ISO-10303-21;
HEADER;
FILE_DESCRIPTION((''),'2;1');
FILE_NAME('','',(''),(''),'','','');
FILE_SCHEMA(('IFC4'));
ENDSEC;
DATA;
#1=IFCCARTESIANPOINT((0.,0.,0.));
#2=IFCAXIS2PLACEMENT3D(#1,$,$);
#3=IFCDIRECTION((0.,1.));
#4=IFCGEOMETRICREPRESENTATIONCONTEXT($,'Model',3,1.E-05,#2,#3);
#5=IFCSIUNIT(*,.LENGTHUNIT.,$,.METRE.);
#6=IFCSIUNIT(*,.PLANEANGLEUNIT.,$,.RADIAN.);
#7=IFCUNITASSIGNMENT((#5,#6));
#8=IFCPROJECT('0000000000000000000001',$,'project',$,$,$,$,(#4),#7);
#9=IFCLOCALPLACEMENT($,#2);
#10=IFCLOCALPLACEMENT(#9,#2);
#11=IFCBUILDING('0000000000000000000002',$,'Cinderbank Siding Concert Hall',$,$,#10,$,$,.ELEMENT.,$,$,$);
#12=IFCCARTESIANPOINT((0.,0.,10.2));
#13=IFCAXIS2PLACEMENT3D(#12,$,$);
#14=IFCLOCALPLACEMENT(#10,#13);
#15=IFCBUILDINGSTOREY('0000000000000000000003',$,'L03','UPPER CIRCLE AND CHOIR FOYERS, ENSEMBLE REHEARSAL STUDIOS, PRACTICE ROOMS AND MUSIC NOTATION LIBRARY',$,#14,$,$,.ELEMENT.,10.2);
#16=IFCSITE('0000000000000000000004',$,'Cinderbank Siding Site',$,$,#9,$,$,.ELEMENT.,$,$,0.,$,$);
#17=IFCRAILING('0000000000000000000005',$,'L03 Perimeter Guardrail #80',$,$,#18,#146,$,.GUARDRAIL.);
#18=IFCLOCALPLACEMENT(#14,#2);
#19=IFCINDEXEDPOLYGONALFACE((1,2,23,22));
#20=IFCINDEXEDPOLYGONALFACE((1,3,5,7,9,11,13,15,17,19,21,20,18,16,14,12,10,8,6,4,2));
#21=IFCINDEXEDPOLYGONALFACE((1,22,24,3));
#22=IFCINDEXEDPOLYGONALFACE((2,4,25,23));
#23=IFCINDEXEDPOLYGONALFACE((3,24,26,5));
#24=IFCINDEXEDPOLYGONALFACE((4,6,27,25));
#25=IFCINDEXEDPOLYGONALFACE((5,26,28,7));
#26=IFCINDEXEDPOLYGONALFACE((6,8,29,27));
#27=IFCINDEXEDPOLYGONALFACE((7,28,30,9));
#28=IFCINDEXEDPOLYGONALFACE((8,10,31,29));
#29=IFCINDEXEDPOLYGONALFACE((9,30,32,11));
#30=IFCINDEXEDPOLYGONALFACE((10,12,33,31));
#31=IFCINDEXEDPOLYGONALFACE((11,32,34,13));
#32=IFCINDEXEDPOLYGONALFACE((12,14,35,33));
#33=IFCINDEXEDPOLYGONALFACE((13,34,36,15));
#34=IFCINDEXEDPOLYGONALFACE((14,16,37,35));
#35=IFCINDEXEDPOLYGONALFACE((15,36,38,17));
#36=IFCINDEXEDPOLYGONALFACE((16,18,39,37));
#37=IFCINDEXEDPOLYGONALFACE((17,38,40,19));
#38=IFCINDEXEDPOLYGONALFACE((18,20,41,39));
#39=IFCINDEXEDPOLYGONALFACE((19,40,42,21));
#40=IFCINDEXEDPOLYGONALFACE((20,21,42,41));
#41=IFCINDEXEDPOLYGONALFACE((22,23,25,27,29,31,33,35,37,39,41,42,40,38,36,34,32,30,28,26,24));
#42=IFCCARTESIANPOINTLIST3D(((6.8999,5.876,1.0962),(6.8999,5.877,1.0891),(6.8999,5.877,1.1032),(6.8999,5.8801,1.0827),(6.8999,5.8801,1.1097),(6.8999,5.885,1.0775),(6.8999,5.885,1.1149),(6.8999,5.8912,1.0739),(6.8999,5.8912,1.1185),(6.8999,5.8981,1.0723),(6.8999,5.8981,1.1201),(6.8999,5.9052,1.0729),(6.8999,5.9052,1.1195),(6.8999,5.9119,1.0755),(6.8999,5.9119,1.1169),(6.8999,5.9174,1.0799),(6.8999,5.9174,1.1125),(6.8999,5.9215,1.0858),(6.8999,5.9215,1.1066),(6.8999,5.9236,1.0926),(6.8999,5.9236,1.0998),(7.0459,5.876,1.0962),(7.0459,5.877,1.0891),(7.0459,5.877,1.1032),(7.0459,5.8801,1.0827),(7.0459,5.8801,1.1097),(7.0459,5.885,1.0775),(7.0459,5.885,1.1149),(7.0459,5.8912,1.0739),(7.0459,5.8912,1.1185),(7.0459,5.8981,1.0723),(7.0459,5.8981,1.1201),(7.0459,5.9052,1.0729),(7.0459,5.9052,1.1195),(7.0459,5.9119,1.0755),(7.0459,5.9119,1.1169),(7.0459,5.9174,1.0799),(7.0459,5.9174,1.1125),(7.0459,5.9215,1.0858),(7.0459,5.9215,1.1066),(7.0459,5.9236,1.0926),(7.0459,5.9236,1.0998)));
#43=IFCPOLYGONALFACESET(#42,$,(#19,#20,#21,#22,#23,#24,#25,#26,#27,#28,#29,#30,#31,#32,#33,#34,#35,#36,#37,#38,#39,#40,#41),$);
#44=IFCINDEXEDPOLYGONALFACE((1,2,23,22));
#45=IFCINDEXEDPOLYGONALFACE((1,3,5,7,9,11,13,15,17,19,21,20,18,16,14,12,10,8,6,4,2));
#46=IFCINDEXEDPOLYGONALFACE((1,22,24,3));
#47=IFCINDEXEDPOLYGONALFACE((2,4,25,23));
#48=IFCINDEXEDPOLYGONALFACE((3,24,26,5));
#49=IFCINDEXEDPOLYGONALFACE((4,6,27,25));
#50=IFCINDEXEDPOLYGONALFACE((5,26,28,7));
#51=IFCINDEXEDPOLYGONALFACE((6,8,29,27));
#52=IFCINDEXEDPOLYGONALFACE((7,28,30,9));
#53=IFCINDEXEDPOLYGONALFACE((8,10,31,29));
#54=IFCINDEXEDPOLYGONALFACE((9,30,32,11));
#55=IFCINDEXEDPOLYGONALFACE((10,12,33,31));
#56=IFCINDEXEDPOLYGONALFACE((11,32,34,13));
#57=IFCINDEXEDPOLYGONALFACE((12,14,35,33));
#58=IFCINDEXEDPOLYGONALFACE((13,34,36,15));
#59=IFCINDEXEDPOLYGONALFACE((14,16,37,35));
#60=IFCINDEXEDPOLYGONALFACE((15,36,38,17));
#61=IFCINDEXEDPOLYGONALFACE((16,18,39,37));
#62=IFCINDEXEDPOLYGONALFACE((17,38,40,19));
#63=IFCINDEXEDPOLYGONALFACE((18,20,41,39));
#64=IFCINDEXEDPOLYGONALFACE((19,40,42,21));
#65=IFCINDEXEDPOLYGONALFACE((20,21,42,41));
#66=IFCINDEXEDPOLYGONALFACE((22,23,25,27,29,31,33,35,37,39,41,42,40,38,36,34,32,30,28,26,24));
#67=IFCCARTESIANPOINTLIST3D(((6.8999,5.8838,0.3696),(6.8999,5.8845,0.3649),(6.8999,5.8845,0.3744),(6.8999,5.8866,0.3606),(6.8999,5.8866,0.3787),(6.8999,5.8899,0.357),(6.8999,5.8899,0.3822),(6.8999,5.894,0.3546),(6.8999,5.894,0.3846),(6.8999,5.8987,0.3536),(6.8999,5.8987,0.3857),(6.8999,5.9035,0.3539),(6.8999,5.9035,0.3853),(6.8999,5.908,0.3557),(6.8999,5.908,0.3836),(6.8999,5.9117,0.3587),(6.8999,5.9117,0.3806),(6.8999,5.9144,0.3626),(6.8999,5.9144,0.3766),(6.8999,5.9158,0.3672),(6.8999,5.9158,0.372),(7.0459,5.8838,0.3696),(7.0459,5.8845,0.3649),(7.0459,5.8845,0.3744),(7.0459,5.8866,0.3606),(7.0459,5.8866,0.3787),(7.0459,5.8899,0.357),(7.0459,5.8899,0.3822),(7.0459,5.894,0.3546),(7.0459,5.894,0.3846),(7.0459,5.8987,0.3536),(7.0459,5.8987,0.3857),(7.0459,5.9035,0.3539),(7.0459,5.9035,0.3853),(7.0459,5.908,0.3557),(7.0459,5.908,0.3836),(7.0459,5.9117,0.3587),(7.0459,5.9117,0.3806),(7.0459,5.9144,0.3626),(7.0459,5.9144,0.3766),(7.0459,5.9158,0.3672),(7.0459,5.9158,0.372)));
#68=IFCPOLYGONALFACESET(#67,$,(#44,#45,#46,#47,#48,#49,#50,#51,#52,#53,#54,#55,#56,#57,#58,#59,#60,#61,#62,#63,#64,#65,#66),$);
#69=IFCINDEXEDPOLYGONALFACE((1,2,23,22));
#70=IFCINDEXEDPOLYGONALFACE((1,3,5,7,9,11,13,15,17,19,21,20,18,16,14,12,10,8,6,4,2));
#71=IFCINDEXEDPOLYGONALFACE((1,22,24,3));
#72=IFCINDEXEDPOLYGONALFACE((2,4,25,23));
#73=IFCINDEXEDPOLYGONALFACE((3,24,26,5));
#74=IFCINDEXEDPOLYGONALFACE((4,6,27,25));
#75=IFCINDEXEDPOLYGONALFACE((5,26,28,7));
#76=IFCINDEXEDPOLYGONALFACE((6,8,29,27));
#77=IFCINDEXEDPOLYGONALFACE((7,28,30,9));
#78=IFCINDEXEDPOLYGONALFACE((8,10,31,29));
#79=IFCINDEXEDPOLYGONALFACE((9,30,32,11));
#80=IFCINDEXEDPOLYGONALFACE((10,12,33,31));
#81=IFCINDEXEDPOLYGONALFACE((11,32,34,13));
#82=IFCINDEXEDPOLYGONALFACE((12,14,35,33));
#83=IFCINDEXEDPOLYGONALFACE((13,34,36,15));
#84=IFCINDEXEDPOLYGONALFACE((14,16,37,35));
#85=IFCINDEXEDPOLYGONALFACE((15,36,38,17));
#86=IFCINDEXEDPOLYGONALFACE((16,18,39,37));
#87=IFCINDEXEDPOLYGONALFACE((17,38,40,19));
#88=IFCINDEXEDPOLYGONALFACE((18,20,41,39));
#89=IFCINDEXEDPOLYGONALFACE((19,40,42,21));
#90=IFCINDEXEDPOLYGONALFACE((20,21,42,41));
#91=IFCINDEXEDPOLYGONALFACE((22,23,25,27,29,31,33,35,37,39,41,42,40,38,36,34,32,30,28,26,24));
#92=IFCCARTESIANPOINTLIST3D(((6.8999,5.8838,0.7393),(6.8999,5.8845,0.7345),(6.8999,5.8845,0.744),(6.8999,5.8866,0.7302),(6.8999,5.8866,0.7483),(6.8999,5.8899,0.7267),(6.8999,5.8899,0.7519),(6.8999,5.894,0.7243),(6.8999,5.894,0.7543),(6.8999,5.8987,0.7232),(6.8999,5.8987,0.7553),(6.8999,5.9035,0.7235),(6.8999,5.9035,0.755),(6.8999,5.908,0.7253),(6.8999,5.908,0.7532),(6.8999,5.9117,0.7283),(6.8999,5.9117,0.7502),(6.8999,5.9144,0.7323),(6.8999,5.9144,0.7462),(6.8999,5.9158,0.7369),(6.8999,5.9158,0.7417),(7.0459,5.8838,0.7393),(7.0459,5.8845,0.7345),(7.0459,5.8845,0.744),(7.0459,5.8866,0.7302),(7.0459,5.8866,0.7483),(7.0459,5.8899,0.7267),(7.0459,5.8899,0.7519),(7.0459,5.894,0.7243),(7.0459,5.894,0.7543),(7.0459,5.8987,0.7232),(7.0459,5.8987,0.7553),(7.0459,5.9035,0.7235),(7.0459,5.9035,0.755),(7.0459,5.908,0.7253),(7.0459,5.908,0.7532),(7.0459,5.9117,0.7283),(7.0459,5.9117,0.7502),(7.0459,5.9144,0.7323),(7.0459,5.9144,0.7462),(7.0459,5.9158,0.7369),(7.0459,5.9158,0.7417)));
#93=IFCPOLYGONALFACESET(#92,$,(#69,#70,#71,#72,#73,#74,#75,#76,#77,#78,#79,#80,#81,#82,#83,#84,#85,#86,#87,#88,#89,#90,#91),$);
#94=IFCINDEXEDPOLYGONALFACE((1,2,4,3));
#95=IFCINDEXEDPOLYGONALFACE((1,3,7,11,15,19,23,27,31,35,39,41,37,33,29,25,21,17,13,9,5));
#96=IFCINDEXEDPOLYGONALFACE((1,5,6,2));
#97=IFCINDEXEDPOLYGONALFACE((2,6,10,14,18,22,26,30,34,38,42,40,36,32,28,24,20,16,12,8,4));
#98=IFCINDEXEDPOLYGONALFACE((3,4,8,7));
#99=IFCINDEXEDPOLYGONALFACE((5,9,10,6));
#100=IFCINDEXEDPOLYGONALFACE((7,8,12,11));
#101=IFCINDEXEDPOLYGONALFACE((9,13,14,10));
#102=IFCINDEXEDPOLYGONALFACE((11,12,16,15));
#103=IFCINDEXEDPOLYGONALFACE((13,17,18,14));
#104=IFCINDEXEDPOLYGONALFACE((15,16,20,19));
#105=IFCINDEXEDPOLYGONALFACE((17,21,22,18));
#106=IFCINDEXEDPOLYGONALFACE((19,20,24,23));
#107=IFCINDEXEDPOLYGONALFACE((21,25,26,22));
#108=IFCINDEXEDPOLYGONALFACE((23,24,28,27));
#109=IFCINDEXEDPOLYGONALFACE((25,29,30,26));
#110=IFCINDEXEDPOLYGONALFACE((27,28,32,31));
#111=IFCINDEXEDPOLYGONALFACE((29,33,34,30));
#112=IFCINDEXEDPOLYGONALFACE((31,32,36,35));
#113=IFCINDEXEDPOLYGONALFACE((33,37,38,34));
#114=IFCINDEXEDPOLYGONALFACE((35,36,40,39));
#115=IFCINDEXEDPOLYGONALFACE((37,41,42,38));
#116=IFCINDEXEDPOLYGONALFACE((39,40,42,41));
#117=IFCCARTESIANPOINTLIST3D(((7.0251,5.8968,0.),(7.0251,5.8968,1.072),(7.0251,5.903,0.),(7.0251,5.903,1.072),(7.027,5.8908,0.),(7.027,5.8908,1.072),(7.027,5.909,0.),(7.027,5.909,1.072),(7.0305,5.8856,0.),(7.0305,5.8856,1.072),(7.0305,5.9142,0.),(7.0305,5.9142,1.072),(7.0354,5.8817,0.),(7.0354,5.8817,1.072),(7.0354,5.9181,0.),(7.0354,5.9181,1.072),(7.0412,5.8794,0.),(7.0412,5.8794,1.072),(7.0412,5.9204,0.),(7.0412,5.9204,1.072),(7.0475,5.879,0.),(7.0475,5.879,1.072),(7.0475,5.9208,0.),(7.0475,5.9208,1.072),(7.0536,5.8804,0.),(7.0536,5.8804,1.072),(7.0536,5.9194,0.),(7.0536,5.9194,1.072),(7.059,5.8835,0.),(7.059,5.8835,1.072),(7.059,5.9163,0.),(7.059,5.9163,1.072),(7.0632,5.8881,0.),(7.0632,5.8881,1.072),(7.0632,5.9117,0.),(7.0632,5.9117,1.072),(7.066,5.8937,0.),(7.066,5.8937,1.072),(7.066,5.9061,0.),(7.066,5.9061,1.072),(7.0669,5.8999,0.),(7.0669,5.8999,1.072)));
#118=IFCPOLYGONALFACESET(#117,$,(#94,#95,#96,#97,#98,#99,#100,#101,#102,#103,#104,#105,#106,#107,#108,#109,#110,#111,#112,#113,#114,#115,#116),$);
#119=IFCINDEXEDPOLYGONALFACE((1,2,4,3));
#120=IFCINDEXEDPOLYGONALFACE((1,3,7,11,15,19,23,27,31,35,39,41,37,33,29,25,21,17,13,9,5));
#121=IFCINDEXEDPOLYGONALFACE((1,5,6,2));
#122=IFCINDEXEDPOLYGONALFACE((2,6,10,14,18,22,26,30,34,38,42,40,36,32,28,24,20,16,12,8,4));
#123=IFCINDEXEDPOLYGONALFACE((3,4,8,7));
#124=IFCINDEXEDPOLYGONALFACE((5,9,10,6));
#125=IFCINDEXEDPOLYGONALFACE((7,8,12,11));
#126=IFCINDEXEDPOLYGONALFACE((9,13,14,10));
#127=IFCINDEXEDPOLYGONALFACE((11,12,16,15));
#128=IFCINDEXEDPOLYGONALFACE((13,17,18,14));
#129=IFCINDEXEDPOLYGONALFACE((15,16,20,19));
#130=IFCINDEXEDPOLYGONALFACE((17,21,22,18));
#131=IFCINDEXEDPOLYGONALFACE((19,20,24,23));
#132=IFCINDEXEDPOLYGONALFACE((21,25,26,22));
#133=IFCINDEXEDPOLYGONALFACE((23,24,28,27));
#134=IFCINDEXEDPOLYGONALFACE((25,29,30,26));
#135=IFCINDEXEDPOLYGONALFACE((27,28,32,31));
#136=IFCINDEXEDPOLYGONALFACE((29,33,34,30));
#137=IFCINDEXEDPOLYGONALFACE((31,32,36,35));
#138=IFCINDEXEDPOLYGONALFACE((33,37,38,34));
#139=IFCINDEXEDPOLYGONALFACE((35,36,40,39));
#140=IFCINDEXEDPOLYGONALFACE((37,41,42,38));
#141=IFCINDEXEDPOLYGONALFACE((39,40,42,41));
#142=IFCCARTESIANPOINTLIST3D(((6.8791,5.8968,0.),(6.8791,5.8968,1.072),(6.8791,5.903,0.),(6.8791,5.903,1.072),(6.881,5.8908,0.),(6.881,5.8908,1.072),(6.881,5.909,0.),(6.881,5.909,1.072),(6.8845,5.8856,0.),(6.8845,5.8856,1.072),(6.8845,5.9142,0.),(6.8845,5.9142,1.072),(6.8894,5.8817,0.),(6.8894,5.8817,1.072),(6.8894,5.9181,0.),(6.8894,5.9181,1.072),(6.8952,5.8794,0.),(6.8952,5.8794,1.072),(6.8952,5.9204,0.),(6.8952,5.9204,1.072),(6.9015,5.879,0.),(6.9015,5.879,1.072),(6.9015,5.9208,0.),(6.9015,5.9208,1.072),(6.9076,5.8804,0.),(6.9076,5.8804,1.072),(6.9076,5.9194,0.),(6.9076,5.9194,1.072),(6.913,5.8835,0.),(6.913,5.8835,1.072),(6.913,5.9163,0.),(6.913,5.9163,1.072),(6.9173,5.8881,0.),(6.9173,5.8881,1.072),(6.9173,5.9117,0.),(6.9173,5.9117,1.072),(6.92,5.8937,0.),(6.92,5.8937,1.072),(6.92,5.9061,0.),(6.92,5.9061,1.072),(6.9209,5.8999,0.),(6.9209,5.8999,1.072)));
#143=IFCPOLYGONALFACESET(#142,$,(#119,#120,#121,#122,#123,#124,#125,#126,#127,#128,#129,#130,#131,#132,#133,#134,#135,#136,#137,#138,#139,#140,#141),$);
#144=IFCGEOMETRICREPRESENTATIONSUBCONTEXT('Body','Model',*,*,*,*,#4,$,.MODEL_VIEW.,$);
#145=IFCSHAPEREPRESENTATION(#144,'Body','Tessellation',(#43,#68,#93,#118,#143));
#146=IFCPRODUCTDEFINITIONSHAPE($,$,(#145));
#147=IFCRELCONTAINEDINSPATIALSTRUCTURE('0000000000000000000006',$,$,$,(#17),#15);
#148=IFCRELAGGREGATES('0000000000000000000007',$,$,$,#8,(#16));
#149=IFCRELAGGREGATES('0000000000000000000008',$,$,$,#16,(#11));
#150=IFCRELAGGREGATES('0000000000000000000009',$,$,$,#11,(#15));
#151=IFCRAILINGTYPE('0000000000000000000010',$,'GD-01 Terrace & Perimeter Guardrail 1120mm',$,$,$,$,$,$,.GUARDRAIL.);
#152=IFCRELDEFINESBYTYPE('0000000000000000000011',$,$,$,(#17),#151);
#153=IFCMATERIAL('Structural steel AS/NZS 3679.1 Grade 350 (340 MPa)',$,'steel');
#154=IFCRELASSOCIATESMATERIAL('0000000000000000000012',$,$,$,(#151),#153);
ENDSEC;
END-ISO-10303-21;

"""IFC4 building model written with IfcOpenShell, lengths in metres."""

from ifc_helpers import new_model, si_unit, direction, frame, origin, origin_2d, place, context, subcontext, project, spatial, circle, extrude, material, type_object, element, save


model = new_model("IFC4")

# Units and contexts
model_context = context("Model", 3, precision=1e-05, world=origin(), true_north=direction((0.0, 1.0)))
body_context = subcontext(model_context, "Body", "Model", "MODEL_VIEW")
ifc_project = project(units=[si_unit("LENGTHUNIT", "METRE"), si_unit("PLANEANGLEUNIT", "RADIAN")], contexts=[model_context])

# Site, building, storey
site_placement = place(None, origin())
site = spatial("IfcSite", under=ifc_project, at=site_placement, Name="Cinderbank Siding Site", CompositionType="ELEMENT", RefElevation=0.0)
building_placement = place(site_placement, origin())
building = spatial("IfcBuilding", under=site, at=building_placement, Name="Cinderbank Siding Concert Hall", CompositionType="ELEMENT")
storey_placement = place(building_placement, frame((0.0, 0.0, 10.2)))
storey = spatial("IfcBuildingStorey", under=building, at=storey_placement, Name="L03", Description="UPPER CIRCLE AND CHOIR FOYERS, ENSEMBLE REHEARSAL STUDIOS, PRACTICE ROOMS AND MUSIC NOTATION LIBRARY", CompositionType="ELEMENT", Elevation=10.2)

# Shared definitions
ifc_material_1 = material(Name="Structural steel AS/NZS 3679.1 Grade 350 (340 MPa)", Category="steel")

# Railing
railing_type = type_object("IfcRailingType", Name="GD-01 Terrace & Perimeter Guardrail 1120mm", PredefinedType="GUARDRAIL", material=ifc_material_1)
railing_1_placement = place(storey_placement, frame((7.0459, 5.8999, 0.0)))
element("IfcRailing", 1, at=railing_1_placement, inside=storey, type_object=railing_type, Name="L03 Perimeter Guardrail #80", PredefinedType="GUARDRAIL", context=body_context, shape_type="SweptSolid", body=[
    extrude(circle(Radius=0.0239, at=origin_2d()), frame((0.0, 0.0, 1.0962), z_axis=(-1.0, 0.0, 0.0), x_axis=(0.0, -1.0, 0.0)), (0.0, 0.0, 1.0), 0.146),
    extrude(circle(Radius=0.0161, at=origin_2d()), frame((0.0, 0.0, 0.3696), z_axis=(-1.0, 0.0, 0.0), x_axis=(0.0, -1.0, 0.0)), (0.0, 0.0, 1.0), 0.146),
    extrude(circle(Radius=0.0161, at=origin_2d()), frame((0.0, 0.0, 0.7393), z_axis=(-1.0, 0.0, 0.0), x_axis=(0.0, -1.0, 0.0)), (0.0, 0.0, 1.0), 0.146),
    extrude(circle(Radius=0.021, at=origin_2d()), origin(), (0.0, 0.0, 1.0), 1.072),
    extrude(circle(Radius=0.021, at=origin_2d()), frame((-0.146, 0.0, 0.0)), (0.0, 0.0, 1.0), 1.072),
])

save(model, "model.ifc")
